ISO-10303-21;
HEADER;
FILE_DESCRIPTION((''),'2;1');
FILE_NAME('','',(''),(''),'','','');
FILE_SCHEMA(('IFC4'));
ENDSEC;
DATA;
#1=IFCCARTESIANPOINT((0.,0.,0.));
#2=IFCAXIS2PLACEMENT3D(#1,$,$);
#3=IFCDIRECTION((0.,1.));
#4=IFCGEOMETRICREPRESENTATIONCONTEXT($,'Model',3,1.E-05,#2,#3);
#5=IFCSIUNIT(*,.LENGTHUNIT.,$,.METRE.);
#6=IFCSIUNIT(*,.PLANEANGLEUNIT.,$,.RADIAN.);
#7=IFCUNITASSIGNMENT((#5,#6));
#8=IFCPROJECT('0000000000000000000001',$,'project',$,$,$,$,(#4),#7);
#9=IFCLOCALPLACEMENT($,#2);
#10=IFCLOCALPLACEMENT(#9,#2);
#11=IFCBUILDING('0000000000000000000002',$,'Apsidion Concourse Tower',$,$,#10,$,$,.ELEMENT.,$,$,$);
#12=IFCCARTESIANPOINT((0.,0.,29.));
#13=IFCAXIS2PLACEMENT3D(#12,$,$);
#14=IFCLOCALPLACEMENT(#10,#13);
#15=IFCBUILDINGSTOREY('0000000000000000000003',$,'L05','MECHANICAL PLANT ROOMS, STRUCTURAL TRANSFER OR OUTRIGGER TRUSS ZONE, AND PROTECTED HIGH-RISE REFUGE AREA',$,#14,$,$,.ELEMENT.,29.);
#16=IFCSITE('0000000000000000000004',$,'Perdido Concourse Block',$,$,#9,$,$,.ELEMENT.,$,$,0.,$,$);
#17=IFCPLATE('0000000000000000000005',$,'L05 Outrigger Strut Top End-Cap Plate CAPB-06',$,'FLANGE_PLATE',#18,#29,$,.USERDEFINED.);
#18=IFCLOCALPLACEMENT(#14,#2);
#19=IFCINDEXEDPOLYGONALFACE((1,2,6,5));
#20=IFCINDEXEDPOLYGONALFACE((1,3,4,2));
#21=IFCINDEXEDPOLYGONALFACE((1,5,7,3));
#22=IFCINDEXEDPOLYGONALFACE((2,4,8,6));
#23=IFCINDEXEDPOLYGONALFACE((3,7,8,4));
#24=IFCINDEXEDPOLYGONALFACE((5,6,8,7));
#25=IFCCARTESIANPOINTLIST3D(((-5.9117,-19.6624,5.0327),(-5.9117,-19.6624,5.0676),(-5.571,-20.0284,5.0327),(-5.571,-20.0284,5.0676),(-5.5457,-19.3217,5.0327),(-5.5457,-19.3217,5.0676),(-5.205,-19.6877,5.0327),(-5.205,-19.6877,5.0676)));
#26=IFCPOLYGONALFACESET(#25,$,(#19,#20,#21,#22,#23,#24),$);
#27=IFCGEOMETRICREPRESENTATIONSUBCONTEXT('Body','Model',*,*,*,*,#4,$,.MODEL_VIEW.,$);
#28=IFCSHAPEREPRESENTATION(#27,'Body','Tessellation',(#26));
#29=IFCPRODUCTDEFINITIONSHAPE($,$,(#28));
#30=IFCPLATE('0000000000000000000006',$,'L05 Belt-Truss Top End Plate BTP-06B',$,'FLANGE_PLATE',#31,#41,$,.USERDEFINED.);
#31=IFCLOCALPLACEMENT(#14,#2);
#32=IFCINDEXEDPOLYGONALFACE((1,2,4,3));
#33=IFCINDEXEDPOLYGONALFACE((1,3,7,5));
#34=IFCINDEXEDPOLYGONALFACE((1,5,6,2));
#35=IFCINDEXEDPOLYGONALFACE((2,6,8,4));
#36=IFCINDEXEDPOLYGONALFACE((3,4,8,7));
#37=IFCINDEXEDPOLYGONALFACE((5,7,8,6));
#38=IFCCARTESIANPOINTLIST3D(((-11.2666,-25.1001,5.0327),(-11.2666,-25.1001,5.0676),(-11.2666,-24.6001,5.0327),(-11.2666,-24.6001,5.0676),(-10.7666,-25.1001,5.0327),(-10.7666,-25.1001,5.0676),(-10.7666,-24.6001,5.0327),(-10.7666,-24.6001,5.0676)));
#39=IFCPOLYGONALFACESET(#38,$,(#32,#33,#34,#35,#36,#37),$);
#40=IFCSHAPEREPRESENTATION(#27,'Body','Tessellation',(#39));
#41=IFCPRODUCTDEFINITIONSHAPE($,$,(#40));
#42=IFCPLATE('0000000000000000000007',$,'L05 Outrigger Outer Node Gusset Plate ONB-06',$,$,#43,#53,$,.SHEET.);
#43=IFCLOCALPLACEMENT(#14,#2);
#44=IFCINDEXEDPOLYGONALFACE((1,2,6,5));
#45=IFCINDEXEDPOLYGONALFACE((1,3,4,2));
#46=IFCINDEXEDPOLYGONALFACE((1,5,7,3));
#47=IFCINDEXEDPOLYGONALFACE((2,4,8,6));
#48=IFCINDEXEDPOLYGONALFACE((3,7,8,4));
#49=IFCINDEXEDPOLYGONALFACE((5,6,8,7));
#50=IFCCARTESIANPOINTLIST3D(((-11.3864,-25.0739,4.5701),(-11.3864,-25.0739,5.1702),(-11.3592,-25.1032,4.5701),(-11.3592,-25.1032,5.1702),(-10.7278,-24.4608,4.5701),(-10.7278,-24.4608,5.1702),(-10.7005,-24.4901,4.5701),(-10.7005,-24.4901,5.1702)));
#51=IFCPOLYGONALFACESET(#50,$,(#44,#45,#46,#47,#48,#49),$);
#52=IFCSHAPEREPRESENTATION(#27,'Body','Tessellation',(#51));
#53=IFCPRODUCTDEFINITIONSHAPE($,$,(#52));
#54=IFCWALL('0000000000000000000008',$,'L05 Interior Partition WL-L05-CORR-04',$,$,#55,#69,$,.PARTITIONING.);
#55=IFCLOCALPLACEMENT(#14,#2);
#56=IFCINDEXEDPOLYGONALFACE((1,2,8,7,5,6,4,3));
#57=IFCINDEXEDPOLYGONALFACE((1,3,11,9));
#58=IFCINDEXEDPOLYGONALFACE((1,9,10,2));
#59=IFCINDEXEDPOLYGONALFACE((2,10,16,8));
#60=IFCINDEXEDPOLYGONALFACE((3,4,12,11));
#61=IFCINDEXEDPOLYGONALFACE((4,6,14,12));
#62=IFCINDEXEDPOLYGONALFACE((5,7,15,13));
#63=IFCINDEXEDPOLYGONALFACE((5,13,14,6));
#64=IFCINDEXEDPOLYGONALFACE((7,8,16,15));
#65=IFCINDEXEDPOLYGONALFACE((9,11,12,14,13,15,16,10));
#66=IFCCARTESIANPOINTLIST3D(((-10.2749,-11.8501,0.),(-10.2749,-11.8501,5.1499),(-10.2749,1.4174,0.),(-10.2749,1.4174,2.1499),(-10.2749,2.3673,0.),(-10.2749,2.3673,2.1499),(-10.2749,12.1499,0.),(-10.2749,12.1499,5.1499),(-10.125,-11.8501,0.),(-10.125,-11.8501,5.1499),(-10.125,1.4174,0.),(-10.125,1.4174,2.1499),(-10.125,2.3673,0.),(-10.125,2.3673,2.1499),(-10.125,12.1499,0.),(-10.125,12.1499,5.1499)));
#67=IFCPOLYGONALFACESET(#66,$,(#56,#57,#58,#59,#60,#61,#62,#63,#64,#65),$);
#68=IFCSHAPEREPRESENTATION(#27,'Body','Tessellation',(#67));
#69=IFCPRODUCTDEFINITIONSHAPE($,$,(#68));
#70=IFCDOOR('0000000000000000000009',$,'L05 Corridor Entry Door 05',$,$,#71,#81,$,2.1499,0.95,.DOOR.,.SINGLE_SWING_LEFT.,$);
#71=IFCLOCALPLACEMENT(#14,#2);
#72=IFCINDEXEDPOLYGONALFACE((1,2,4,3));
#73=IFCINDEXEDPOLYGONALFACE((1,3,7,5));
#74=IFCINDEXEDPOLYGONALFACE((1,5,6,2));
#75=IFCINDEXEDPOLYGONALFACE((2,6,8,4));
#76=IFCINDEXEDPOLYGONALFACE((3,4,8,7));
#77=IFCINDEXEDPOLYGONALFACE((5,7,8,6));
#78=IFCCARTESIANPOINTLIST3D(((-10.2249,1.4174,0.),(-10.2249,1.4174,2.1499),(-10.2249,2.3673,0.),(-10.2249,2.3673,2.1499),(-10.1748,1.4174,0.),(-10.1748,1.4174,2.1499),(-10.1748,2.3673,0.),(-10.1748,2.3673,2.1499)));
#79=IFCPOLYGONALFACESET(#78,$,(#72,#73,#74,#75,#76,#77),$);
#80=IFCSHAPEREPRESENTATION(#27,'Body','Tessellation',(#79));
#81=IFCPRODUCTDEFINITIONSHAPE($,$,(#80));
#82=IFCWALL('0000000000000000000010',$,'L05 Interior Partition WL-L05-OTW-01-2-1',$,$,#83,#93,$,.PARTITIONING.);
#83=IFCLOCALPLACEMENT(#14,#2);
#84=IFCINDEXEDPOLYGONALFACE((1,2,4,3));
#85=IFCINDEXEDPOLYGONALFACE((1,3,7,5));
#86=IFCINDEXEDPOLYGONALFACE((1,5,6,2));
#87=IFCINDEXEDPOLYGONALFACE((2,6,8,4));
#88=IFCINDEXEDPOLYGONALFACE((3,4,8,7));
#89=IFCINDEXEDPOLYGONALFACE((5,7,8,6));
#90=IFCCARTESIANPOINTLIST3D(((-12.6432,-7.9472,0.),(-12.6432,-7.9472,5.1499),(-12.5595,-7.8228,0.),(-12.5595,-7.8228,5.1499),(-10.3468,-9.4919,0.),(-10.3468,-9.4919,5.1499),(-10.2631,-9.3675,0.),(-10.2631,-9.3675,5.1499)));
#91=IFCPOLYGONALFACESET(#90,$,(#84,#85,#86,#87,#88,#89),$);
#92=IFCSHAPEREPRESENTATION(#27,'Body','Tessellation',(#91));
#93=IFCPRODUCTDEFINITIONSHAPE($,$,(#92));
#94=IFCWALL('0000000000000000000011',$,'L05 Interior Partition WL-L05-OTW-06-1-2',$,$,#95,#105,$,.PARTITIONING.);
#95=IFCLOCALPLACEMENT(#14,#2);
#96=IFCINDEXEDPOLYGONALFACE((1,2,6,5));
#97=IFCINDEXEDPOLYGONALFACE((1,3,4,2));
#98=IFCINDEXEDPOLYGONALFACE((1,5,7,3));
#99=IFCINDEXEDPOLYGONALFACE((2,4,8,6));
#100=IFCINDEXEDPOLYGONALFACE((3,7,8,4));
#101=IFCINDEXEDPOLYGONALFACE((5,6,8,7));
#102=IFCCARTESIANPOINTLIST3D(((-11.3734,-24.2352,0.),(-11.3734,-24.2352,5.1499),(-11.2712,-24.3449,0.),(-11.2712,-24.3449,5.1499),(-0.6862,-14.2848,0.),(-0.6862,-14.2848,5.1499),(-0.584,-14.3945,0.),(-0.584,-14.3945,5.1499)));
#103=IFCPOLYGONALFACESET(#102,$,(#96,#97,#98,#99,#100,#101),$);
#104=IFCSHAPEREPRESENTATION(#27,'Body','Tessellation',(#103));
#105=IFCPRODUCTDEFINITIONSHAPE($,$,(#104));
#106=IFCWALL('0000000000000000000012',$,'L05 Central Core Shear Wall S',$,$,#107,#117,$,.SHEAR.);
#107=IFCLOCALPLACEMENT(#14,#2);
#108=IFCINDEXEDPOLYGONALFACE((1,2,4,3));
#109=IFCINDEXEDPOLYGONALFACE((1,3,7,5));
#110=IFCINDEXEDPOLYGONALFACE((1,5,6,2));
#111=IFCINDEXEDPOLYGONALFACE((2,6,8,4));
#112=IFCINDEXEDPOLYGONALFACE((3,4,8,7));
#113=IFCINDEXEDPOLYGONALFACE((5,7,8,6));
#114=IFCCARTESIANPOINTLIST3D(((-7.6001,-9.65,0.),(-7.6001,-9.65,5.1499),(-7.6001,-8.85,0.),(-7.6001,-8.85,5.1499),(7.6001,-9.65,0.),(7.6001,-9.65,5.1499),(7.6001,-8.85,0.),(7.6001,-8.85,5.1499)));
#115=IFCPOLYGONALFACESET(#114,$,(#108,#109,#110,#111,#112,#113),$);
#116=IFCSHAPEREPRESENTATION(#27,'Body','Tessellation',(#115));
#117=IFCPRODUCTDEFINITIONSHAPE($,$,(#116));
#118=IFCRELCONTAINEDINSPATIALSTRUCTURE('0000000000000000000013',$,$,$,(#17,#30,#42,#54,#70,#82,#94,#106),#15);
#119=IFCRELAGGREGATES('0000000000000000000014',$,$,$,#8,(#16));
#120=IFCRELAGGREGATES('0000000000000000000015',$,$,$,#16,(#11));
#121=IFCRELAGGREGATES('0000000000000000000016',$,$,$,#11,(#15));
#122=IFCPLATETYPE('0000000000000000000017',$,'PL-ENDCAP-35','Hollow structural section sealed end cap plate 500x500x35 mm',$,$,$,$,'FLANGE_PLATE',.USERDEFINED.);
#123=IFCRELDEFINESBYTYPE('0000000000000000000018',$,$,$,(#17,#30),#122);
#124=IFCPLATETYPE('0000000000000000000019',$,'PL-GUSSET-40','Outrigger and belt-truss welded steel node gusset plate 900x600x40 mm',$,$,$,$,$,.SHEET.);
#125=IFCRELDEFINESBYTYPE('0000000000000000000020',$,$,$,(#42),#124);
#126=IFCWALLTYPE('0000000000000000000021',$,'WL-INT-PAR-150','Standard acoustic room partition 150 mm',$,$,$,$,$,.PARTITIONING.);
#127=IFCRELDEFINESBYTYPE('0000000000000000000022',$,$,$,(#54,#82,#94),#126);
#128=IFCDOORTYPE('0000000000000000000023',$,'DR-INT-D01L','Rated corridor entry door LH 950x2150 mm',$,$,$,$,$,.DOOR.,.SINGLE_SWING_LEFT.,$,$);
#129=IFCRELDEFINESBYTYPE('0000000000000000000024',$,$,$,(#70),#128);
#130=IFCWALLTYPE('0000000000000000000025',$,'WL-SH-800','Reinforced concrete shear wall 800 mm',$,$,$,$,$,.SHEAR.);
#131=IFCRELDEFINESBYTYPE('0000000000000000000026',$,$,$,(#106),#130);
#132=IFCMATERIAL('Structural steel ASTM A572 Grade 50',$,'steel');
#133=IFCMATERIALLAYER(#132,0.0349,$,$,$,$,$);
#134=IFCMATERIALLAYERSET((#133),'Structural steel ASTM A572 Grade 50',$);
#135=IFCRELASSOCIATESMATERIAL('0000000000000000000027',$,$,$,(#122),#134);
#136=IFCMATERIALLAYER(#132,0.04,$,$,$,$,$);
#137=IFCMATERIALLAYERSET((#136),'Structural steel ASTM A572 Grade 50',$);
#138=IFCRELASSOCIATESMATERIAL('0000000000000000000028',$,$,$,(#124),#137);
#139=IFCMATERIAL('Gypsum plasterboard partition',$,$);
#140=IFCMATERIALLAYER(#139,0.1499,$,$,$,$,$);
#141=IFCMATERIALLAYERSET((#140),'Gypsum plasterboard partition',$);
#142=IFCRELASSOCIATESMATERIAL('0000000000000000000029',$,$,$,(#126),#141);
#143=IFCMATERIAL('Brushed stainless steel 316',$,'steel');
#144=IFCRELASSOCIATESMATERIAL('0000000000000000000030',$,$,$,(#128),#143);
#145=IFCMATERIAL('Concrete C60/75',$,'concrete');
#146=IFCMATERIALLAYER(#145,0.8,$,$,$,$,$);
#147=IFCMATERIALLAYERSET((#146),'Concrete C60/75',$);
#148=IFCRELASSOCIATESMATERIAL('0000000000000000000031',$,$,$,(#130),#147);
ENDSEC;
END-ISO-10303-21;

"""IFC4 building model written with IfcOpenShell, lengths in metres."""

from ifc_helpers import new_model, si_unit, direction, frame, frame_2d, origin, origin_2d, place, context, subcontext, project, spatial, rectangle, extrude, material, layer, layer_set, type_object, element, fill, save


model = new_model("IFC4")

# Units and contexts
model_context = context("Model", 3, precision=1e-05, world=origin(), true_north=direction((0.0, 1.0)))
body_context = subcontext(model_context, "Body", "Model", "MODEL_VIEW")
ifc_project = project(units=[si_unit("LENGTHUNIT", "METRE"), si_unit("PLANEANGLEUNIT", "RADIAN")], contexts=[model_context])

# Site, building, storey
site_placement = place(None, origin())
site = spatial("IfcSite", under=ifc_project, at=site_placement, Name="Perdido Concourse Block", CompositionType="ELEMENT", RefElevation=0.0)
building_placement = place(site_placement, origin())
building = spatial("IfcBuilding", under=site, at=building_placement, Name="Apsidion Concourse Tower", CompositionType="ELEMENT")
storey_placement = place(building_placement, frame((0.0, 0.0, 29.0)))
storey = spatial("IfcBuildingStorey", under=building, at=storey_placement, Name="L05", Description="MECHANICAL PLANT ROOMS, STRUCTURAL TRANSFER OR OUTRIGGER TRUSS ZONE, AND PROTECTED HIGH-RISE REFUGE AREA", CompositionType="ELEMENT", Elevation=29.0)

# Shared definitions
ifc_material_1 = material(Name="Structural steel ASTM A572 Grade 50", Category="steel")
ifc_material_2 = material(Name="Concrete C60/75", Category="concrete")

# Plates
ifc_layer_1 = layer(ifc_material_1, 0.0349)
ifc_layer_set_1 = layer_set([ifc_layer_1], Name="Structural steel ASTM A572 Grade 50")
plate_type_1 = type_object("IfcPlateType", Name="PL-ENDCAP-35", Description="Hollow structural section sealed end cap plate 500x500x35 mm", ElementType="FLANGE_PLATE", PredefinedType="USERDEFINED", material=ifc_layer_set_1)
for number, where, z_axis, x_axis, name in (
    (1, (-5.5583, -19.675, 5.0327), (0.0, 0.0, 1.0), (0.731949, 0.68136, 0.0), "L05 Outrigger Strut Top End-Cap Plate CAPB-06"),
    (2, (-11.0166, -24.8501, 5.0327), (0.0, 0.0, 1.0), (1.0, 0.0, 0.0), "L05 Belt-Truss Top End Plate BTP-06B"),
):
    element("IfcPlate", number, at=place(storey_placement, frame(where, z_axis=z_axis, x_axis=x_axis)), inside=storey, type_object=plate_type_1, Name=name, ObjectType="FLANGE_PLATE", PredefinedType="USERDEFINED", context=body_context, shape_type="SweptSolid", body=[
        extrude(rectangle(XDim=0.5, YDim=0.5, at=origin_2d()), origin(), (0.0, 0.0, 1.0), 0.0349),
    ])
ifc_layer_2 = layer(ifc_material_1, 0.04)
ifc_layer_set_2 = layer_set([ifc_layer_2], Name="Structural steel ASTM A572 Grade 50")
plate_type_2 = type_object("IfcPlateType", Name="PL-GUSSET-40", Description="Outrigger and belt-truss welded steel node gusset plate 900x600x40 mm", PredefinedType="SHEET", material=ifc_layer_set_2)
plate_placement = place(storey_placement, frame((-11.0435, -24.782, 4.5701), z_axis=(0.0, 0.0, 1.0), x_axis=(0.731949, 0.68136, 0.0)))
element("IfcPlate", 3, at=plate_placement, inside=storey, type_object=plate_type_2, Name="L05 Outrigger Outer Node Gusset Plate ONB-06", PredefinedType="SHEET", context=body_context, shape_type="SweptSolid", body=[
    extrude(rectangle(XDim=0.8999, YDim=0.04, at=origin_2d()), origin(), (0.0, 0.0, 1.0), 0.6001),
])

# Wall, opening, door
ifc_material_3 = material(Name="Gypsum plasterboard partition")
ifc_layer_3 = layer(ifc_material_3, 0.1499)
ifc_layer_set_3 = layer_set([ifc_layer_3], Name="Gypsum plasterboard partition")
wall_type_1 = type_object("IfcWallType", Name="WL-INT-PAR-150", Description="Standard acoustic room partition 150 mm", PredefinedType="PARTITIONING", material=ifc_layer_set_3)
wall_1_placement = place(storey_placement, frame((-10.2, -11.8501, 0.0), z_axis=(0.0, 0.0, 1.0), x_axis=(0.0, 1.0, 0.0)))
wall_1 = element("IfcWall", 4, at=wall_1_placement, inside=storey, type_object=wall_type_1, Name="L05 Interior Partition WL-L05-CORR-04", PredefinedType="PARTITIONING", context=body_context, shape_type="SweptSolid", body=[
    extrude(rectangle(XDim=24.0, YDim=0.1499, at=frame_2d((12.0, 0.0))), origin(), (0.0, 0.0, 1.0), 5.1499),
])
opening_placement = place(wall_1_placement, frame((13.2673, 0.0, 0.0)))
opening = element("IfcOpeningElement", 5, at=opening_placement, cuts=wall_1, PredefinedType="OPENING", context=body_context, shape_type="SweptSolid", body=[
    extrude(rectangle(XDim=0.95, YDim=2.1499, at=frame_2d((0.4751, 1.075))), frame((0.0, 0.085, 0.0), z_axis=(0.0, -1.0, 0.0), x_axis=(1.0, 0.0, 0.0)), (0.0, 0.0, 1.0), 0.1699),
])
ifc_material_4 = material(Name="Brushed stainless steel 316", Category="steel")
door_type = type_object("IfcDoorType", Name="DR-INT-D01L", Description="Rated corridor entry door LH 950x2150 mm", OperationType="SINGLE_SWING_LEFT", PredefinedType="DOOR", material=ifc_material_4)
door_placement = place(opening_placement, origin())
door = element("IfcDoor", 6, at=door_placement, inside=storey, type_object=door_type, Name="L05 Corridor Entry Door 05", OperationType="SINGLE_SWING_LEFT", OverallHeight=2.1499, OverallWidth=0.95, PredefinedType="DOOR", context=body_context, shape_type="SweptSolid", body=[
    extrude(rectangle(XDim=0.95, YDim=2.1499, at=frame_2d((0.4751, 1.075))), frame((0.0, 0.0249, 0.0), z_axis=(0.0, -1.0, 0.0), x_axis=(1.0, 0.0, 0.0)), (0.0, 0.0, 1.0), 0.05),
])
fill(opening, door)

# Walls
wall_2_placement = place(storey_placement, frame((-10.3049, -9.4297, 0.0), z_axis=(0.0, 0.0, 1.0), x_axis=(-0.82975, 0.558136, 0.0)))
element("IfcWall", 7, at=wall_2_placement, inside=storey, type_object=wall_type_1, Name="L05 Interior Partition WL-L05-OTW-01-2-1", PredefinedType="PARTITIONING", context=body_context, shape_type="SweptSolid", body=[
    extrude(rectangle(XDim=2.7676, YDim=0.1499, at=frame_2d((1.3838, 0.0))), origin(), (0.0, 0.0, 1.0), 5.1499),
])
wall_3_placement = place(storey_placement, frame((-0.635, -14.3396, 0.0), z_axis=(0.0, 0.0, 1.0), x_axis=(-0.731886, -0.681427, 0.0)))
element("IfcWall", 8, at=wall_3_placement, inside=storey, type_object=wall_type_1, Name="L05 Interior Partition WL-L05-OTW-06-1-2", PredefinedType="PARTITIONING", context=body_context, shape_type="SweptSolid", body=[
    extrude(rectangle(XDim=14.6023, YDim=0.1499, at=frame_2d((7.3013, 0.0))), origin(), (0.0, 0.0, 1.0), 5.1499),
])
ifc_layer_4 = layer(ifc_material_2, 0.8)
ifc_layer_set_4 = layer_set([ifc_layer_4], Name="Concrete C60/75")
wall_type_2 = type_object("IfcWallType", Name="WL-SH-800", Description="Reinforced concrete shear wall 800 mm", PredefinedType="SHEAR", material=ifc_layer_set_4)
wall_4_placement = place(storey_placement, frame((-7.6001, -9.25, 0.0), z_axis=(0.0, 0.0, 1.0), x_axis=(1.0, 0.0, 0.0)))
element("IfcWall", 9, at=wall_4_placement, inside=storey, type_object=wall_type_2, Name="L05 Central Core Shear Wall S", PredefinedType="SHEAR", context=body_context, shape_type="SweptSolid", body=[
    extrude(rectangle(XDim=15.2002, YDim=0.8, at=frame_2d((7.6001, 0.0))), origin(), (0.0, 0.0, 1.0), 5.1499),
])

save(model, "model.ifc")
